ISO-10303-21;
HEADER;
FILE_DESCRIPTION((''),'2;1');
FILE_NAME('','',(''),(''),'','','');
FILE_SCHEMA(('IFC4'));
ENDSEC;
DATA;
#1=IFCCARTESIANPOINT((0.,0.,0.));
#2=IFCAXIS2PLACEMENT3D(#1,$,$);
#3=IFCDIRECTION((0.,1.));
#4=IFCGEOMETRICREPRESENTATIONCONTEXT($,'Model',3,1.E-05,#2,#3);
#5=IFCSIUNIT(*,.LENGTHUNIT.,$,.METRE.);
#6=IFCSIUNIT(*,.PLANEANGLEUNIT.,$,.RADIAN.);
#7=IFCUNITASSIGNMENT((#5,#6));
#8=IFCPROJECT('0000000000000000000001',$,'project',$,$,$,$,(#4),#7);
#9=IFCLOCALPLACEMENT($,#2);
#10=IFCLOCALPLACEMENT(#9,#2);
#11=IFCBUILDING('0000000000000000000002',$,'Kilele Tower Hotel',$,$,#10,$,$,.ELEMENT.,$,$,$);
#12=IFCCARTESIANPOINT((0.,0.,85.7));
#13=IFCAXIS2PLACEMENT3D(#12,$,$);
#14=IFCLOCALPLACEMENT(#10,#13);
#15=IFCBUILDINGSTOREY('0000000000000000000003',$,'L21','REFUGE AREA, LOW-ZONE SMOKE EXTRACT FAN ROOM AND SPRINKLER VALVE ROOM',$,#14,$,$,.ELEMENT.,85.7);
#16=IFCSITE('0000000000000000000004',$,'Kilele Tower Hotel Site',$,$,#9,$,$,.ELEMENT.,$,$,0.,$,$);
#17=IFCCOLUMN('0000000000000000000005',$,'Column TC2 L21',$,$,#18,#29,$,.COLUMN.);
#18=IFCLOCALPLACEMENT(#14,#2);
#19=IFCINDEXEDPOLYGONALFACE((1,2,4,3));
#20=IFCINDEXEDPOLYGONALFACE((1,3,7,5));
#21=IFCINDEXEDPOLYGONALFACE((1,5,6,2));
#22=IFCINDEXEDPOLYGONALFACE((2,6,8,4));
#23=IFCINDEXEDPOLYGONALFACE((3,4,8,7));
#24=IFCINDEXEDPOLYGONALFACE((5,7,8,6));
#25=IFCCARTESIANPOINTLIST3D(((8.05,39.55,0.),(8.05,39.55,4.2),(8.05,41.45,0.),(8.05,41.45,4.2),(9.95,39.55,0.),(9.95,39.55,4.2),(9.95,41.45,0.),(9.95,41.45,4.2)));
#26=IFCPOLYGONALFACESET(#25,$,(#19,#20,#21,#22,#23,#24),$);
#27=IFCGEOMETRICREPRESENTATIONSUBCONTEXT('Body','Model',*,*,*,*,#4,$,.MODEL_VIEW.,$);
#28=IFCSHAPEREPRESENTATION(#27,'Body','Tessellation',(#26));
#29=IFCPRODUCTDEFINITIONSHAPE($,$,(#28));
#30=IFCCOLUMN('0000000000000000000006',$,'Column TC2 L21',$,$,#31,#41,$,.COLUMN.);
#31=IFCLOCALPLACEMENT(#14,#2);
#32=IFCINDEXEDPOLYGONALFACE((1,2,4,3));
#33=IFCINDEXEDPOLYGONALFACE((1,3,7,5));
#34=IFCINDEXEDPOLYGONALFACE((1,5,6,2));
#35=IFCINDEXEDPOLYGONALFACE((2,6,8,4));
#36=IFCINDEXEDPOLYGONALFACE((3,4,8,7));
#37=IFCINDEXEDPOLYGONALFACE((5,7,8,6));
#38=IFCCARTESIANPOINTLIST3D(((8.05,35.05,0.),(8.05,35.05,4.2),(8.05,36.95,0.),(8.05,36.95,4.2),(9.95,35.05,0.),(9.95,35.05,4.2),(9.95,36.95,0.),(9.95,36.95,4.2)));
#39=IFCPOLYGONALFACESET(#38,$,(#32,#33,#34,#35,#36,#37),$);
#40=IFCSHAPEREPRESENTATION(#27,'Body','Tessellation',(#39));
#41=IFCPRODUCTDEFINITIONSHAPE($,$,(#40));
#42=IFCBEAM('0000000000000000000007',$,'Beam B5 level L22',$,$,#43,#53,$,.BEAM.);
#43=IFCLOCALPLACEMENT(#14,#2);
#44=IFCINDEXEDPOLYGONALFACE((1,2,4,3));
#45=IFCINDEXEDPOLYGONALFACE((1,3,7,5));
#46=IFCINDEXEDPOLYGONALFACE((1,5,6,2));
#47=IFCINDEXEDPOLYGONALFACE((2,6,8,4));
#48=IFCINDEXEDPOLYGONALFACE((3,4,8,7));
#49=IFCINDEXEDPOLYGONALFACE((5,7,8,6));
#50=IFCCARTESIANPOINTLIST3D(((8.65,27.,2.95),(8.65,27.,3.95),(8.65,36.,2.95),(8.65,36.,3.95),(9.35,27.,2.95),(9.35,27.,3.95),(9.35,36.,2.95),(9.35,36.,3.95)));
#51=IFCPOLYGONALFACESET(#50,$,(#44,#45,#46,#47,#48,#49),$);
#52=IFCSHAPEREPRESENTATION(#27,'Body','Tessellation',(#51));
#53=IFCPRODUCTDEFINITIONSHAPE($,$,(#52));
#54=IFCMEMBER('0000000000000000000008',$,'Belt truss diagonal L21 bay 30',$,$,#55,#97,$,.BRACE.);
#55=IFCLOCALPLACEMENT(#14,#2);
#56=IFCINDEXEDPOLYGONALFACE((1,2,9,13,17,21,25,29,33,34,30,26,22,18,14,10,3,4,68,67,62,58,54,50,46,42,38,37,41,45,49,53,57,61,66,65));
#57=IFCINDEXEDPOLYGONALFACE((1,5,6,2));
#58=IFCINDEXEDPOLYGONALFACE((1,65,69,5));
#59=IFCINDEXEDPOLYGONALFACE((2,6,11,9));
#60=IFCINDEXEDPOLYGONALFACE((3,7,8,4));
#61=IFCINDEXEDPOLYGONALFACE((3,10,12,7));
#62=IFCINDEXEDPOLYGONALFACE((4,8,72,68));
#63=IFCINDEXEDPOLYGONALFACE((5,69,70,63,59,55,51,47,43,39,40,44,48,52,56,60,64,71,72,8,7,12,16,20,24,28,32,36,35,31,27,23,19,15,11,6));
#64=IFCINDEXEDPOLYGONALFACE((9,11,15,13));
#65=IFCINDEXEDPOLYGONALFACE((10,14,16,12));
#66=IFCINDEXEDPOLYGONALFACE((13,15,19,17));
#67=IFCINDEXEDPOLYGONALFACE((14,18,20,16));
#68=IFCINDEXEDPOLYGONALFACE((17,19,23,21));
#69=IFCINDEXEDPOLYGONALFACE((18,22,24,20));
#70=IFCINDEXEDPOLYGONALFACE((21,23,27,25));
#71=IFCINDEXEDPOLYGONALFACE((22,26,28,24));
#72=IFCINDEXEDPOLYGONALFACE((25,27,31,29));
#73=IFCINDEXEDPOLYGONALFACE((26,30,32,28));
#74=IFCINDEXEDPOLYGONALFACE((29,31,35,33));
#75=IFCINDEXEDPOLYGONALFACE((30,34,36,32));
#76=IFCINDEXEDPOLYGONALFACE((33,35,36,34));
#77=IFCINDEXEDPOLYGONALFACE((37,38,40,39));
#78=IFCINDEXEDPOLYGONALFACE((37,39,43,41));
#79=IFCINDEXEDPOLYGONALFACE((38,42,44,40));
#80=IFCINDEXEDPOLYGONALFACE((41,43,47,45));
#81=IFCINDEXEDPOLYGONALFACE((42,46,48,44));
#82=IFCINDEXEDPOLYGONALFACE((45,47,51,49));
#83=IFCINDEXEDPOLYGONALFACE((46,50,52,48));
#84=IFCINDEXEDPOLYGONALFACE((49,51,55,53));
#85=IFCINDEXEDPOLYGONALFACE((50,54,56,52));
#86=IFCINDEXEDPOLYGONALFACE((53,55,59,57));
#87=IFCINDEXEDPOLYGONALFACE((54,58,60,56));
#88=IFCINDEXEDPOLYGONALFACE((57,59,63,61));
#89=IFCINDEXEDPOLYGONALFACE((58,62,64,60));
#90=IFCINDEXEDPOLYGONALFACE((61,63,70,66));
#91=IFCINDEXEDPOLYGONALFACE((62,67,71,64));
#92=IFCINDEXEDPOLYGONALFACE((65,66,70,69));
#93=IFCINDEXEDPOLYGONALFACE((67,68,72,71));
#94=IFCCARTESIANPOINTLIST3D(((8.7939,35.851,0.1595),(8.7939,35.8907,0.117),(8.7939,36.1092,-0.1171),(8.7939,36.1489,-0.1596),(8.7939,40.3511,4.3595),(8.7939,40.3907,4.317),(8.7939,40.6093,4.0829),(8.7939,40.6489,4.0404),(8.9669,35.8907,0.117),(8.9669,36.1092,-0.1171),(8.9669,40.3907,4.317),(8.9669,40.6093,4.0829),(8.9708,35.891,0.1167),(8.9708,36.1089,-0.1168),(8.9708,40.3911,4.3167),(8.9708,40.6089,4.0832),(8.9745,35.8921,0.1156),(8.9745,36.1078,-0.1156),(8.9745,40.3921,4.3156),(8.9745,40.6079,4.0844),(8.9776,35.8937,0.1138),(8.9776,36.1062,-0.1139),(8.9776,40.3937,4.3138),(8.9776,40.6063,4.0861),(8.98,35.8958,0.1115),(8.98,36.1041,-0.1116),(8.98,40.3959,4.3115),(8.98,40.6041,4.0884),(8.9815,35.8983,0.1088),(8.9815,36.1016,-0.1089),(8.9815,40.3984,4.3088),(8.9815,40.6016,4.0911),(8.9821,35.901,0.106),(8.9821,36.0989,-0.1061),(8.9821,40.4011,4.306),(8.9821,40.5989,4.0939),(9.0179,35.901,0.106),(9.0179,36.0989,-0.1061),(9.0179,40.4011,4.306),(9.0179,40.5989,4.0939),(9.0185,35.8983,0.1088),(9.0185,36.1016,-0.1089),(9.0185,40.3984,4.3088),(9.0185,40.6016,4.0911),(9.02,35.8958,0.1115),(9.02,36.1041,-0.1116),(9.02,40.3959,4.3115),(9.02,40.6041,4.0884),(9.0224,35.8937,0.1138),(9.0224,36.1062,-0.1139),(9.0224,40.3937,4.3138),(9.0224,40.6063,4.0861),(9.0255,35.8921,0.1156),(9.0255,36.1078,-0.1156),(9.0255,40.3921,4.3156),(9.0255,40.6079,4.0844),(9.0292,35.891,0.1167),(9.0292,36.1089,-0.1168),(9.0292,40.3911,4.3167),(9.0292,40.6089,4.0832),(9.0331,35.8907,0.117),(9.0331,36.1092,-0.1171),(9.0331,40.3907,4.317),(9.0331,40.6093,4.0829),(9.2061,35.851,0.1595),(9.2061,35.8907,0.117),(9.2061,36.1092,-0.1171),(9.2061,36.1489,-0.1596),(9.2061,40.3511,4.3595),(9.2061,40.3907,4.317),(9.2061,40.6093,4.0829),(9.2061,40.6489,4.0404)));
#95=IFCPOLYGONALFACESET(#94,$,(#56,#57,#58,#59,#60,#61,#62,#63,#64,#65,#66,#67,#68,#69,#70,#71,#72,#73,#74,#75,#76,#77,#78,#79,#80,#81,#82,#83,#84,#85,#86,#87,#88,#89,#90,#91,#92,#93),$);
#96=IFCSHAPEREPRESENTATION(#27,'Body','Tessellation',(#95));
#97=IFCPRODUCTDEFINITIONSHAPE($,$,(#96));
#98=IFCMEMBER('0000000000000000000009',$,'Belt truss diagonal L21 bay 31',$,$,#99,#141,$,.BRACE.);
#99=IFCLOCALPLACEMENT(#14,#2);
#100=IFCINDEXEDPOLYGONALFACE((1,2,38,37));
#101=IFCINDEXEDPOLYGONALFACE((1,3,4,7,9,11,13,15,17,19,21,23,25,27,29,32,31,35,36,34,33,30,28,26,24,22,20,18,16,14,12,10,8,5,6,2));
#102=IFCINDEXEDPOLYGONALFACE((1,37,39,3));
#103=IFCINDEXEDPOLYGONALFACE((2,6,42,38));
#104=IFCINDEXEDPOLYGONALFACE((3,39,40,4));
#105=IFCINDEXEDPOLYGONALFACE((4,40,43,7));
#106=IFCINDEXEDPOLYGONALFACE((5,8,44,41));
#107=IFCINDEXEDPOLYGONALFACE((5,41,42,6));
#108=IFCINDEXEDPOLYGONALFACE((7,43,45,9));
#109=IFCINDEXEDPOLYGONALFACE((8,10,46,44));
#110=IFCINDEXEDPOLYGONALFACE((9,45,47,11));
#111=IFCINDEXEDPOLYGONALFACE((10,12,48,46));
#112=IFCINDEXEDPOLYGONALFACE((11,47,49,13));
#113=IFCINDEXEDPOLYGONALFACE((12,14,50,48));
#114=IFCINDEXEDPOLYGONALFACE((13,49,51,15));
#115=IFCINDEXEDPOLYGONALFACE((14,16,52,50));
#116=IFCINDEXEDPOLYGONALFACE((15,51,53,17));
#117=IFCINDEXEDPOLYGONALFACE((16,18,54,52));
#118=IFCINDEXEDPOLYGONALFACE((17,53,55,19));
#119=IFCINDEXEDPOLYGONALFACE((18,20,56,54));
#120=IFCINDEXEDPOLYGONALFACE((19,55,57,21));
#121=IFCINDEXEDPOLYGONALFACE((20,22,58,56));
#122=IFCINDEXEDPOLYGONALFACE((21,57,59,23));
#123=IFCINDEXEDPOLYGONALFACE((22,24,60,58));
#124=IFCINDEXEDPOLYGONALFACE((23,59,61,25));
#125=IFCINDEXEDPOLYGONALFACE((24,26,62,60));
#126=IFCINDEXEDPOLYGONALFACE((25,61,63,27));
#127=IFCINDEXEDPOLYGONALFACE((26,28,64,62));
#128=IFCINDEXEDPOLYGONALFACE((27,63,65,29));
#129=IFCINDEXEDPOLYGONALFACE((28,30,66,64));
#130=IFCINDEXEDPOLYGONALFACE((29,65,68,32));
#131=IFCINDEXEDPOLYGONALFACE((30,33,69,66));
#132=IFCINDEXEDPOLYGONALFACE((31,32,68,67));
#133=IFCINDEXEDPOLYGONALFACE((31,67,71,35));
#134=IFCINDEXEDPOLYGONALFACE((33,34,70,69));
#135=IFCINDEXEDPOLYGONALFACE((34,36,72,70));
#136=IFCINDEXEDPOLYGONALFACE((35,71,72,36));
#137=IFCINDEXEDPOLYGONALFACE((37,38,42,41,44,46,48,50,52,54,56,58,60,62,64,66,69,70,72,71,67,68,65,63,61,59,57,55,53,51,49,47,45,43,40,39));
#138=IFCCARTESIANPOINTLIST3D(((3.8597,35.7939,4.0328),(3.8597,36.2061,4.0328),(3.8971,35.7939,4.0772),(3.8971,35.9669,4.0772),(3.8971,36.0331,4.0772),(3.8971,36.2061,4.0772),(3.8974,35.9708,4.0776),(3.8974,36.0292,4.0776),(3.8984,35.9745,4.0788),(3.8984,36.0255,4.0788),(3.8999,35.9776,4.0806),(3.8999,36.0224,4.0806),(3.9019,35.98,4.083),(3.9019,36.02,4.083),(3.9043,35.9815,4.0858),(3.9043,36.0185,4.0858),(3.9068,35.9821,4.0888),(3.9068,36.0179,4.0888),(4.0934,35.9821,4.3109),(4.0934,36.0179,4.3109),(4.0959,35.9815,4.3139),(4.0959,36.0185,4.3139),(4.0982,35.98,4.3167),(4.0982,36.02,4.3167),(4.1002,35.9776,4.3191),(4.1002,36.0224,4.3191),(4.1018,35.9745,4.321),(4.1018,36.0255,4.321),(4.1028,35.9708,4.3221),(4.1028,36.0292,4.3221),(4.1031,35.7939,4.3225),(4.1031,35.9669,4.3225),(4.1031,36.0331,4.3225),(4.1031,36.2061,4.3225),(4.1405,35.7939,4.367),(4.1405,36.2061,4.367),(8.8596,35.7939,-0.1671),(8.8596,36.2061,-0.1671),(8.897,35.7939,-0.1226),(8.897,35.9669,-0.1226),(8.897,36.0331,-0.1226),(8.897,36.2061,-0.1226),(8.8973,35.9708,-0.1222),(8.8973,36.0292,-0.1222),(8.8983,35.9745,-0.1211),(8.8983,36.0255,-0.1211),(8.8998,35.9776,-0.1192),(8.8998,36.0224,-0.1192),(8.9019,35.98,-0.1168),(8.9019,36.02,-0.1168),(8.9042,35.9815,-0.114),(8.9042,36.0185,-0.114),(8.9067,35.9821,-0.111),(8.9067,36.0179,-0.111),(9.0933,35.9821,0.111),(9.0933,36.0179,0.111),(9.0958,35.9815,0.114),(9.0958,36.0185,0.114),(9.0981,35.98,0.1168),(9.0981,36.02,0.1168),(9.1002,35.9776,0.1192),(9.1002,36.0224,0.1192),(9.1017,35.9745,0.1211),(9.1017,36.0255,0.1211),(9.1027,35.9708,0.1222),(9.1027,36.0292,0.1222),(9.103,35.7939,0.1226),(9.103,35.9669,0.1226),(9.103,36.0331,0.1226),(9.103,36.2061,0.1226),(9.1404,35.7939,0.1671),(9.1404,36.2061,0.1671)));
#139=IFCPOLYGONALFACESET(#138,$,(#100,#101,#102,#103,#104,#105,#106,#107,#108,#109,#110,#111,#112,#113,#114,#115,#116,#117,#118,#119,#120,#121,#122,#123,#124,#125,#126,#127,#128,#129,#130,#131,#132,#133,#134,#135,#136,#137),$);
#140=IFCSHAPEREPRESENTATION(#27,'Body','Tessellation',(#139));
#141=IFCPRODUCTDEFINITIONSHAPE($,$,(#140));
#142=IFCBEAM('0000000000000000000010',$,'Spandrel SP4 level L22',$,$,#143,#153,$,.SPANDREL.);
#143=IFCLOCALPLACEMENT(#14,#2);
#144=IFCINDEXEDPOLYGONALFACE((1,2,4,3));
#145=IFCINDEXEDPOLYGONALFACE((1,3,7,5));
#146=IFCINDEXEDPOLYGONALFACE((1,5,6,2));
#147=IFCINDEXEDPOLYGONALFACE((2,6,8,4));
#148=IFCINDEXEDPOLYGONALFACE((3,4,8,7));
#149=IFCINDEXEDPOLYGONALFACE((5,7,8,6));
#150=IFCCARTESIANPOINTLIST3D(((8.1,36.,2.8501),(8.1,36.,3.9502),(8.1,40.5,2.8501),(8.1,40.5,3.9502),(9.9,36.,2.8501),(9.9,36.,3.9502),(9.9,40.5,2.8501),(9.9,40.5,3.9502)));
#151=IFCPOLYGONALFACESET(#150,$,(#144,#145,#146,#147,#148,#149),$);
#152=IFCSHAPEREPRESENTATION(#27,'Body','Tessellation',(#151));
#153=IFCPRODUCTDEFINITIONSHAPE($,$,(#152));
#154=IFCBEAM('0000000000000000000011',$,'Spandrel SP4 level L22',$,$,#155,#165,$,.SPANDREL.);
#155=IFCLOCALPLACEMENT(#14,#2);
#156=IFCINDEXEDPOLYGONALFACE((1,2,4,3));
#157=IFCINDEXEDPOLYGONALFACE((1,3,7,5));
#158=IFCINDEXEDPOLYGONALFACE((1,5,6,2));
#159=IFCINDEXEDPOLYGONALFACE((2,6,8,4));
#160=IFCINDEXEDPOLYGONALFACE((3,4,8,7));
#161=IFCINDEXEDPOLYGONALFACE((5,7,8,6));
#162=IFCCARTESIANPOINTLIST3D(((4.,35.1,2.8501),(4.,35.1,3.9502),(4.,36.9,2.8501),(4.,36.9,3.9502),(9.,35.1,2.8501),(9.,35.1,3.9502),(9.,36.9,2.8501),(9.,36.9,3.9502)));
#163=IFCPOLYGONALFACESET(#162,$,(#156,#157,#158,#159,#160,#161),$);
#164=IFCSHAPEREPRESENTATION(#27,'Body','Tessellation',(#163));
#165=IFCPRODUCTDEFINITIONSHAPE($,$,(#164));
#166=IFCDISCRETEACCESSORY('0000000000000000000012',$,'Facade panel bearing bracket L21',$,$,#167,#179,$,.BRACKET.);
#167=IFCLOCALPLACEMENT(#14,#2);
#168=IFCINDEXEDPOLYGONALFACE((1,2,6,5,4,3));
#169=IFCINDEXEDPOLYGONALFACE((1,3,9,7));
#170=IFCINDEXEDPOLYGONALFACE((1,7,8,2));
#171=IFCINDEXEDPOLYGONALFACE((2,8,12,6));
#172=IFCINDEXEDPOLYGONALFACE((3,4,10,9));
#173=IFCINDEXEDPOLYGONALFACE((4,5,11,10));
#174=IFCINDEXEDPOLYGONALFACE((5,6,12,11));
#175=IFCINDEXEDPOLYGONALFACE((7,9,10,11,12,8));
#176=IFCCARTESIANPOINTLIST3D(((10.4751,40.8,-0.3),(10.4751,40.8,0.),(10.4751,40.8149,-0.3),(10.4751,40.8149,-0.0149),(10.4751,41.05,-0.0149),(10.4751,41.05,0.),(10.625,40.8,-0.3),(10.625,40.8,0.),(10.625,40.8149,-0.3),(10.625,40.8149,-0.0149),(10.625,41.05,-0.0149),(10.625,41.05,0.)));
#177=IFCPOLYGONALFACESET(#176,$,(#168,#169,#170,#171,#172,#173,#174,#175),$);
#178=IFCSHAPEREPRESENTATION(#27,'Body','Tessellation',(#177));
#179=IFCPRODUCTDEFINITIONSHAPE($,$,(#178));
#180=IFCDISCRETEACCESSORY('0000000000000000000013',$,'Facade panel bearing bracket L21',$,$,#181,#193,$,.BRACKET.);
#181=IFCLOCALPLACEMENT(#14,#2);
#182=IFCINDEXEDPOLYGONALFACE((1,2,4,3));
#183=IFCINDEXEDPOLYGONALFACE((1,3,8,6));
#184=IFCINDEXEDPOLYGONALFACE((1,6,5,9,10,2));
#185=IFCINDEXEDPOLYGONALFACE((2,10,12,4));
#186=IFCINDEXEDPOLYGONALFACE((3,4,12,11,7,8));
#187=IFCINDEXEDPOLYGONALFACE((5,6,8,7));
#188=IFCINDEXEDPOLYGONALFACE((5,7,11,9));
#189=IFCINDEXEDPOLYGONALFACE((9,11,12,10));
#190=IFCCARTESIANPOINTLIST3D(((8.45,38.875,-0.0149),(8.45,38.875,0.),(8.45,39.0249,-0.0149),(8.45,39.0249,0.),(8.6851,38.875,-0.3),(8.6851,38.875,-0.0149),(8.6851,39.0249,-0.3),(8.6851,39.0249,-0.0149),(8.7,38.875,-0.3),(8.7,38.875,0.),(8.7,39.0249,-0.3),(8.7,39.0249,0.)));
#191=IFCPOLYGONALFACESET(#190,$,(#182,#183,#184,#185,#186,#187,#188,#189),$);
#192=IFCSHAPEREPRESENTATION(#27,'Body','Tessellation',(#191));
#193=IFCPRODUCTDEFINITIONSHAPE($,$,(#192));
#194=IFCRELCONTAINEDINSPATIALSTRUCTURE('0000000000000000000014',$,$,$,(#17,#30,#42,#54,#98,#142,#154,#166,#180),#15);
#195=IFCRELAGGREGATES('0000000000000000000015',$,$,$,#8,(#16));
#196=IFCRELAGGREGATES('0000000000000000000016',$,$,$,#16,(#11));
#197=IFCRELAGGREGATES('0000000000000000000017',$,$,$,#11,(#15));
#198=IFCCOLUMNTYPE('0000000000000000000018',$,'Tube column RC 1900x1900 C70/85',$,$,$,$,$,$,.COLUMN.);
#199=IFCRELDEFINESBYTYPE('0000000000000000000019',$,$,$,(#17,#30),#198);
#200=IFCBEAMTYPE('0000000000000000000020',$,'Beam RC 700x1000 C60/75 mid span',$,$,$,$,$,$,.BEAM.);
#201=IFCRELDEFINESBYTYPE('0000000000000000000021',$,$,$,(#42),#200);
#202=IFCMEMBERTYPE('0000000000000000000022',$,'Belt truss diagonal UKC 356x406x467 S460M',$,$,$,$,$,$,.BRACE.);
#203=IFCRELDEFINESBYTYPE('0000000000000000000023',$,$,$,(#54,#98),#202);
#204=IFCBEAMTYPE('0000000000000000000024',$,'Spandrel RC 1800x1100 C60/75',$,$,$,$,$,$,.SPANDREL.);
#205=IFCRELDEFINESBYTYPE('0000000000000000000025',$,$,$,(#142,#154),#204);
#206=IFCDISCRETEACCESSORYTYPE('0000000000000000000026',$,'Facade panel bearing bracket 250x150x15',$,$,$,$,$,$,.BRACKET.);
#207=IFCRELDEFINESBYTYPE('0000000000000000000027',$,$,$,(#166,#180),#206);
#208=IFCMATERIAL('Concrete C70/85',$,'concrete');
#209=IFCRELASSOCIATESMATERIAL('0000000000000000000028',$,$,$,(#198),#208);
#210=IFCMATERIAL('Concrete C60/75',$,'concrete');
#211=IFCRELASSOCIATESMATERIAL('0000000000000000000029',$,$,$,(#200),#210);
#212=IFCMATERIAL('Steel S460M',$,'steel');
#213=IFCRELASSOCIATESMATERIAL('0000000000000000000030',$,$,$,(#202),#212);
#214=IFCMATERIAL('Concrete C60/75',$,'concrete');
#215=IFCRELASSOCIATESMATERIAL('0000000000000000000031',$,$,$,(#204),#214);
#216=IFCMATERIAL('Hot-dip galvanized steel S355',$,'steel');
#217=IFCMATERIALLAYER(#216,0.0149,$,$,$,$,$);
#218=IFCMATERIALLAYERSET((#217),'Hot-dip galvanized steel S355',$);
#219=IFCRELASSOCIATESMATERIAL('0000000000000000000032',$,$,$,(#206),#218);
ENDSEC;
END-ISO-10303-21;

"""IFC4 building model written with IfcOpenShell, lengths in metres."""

from ifc_helpers import new_model, si_unit, direction, frame, origin, origin_2d, place, context, subcontext, project, spatial, polyline, rectangle, i_section, outline, extrude, source, transform, mapped, material, layer, layer_set, material_profile, profile_set, type_object, element, save


model = new_model("IFC4")

# Units and contexts
model_context = context("Model", 3, precision=1e-05, world=origin(), true_north=direction((0.0, 1.0)))
body_context = subcontext(model_context, "Body", "Model", "MODEL_VIEW")
ifc_project = project(units=[si_unit("LENGTHUNIT", "METRE"), si_unit("PLANEANGLEUNIT", "RADIAN")], contexts=[model_context])

# Site, building, storey
site_placement = place(None, origin())
site = spatial("IfcSite", under=ifc_project, at=site_placement, Name="Kilele Tower Hotel Site", CompositionType="ELEMENT", RefElevation=0.0)
building_placement = place(site_placement, origin())
building = spatial("IfcBuilding", under=site, at=building_placement, Name="Kilele Tower Hotel", CompositionType="ELEMENT")
storey_placement = place(building_placement, frame((0.0, 0.0, 85.7)))
storey = spatial("IfcBuildingStorey", under=building, at=storey_placement, Name="L21", Description="REFUGE AREA, LOW-ZONE SMOKE EXTRACT FAN ROOM AND SPRINKLER VALVE ROOM", CompositionType="ELEMENT", Elevation=85.7)

# Columns
ifc_material_1 = material(Name="Concrete C70/85", Category="concrete")
ifc_material_profile_1 = material_profile(ifc_material_1, rectangle(XDim=1.8999, YDim=1.8999, at=origin_2d()))
ifc_profile_set_1 = profile_set([ifc_material_profile_1], Name="Concrete C70/85")
column_type = type_object("IfcColumnType", Name="Tube column RC 1900x1900 C70/85", PredefinedType="COLUMN", material=ifc_profile_set_1)
for number, where, z_axis, x_axis, name in (
    (1, (9.0, 40.5, 0.0), (0.0, 0.0, 1.0), (1.0, 0.0, 0.0), "Column TC2 L21"),
    (2, (9.0, 36.0, 0.0), (0.0, 0.0, 1.0), (1.0, 0.0, 0.0), "Column TC2 L21"),
):
    element("IfcColumn", number, at=place(storey_placement, frame(where, z_axis=z_axis, x_axis=x_axis)), inside=storey, type_object=column_type, Name=name, PredefinedType="COLUMN", context=body_context, shape_type="SweptSolid", body=[
        extrude(rectangle(XDim=1.8999, YDim=1.8999, at=origin_2d()), origin(), (0.0, 0.0, 1.0), 4.2),
    ])

# Beam
ifc_material_2 = material(Name="Concrete C60/75", Category="concrete")
ifc_material_profile_2 = material_profile(ifc_material_2, rectangle(XDim=0.7, YDim=1.0, at=origin_2d()))
ifc_profile_set_2 = profile_set([ifc_material_profile_2], Name="Concrete C60/75")
beam_type_1 = type_object("IfcBeamType", Name="Beam RC 700x1000 C60/75 mid span", PredefinedType="BEAM", material=ifc_profile_set_2)
beam_1_placement = place(storey_placement, frame((9.0, 36.0, 3.45), z_axis=(0.0, -1.0, 0.0), x_axis=(1.0, 0.0, 0.0)))
element("IfcBeam", 3, at=beam_1_placement, inside=storey, type_object=beam_type_1, Name="Beam B5 level L22", PredefinedType="BEAM", context=body_context, shape_type="SweptSolid", body=[
    extrude(rectangle(XDim=0.7, YDim=1.0, at=origin_2d()), origin(), (0.0, 0.0, 1.0), 9.0),
])

# Members
ifc_material_3 = material(Name="Steel S460M", Category="steel")
ifc_material_profile_3 = material_profile(ifc_material_3, i_section(OverallWidth=0.4121, OverallDepth=0.4365, WebThickness=0.0359, FlangeThickness=0.0581, FilletRadius=0.0151, at=origin_2d()))
ifc_profile_set_3 = profile_set([ifc_material_profile_3], Name="Steel S460M")
member_type = type_object("IfcMemberType", Name="Belt truss diagonal UKC 356x406x467 S460M", PredefinedType="BRACE", material=ifc_profile_set_3)
member_1_placement = place(storey_placement, frame((9.0, 40.5, 4.2), z_axis=(0.0, -0.731059, -0.682314), x_axis=(1.0, 0.0, 0.0)))
element("IfcMember", 4, at=member_1_placement, inside=storey, type_object=member_type, Name="Belt truss diagonal L21 bay 30", PredefinedType="BRACE", context=body_context, shape_type="SweptSolid", body=[
    extrude(i_section(OverallWidth=0.4121, OverallDepth=0.4365, WebThickness=0.0359, FlangeThickness=0.0581, FilletRadius=0.0151, at=origin_2d()), origin(), (0.0, 0.0, 1.0), 6.1555),
])
member_2_placement = place(storey_placement, frame((9.0, 36.0, 0.0), z_axis=(-0.765709, 0.0, 0.643188), x_axis=(0.0, -1.0, 0.0)))
element("IfcMember", 5, at=member_2_placement, inside=storey, type_object=member_type, Name="Belt truss diagonal L21 bay 31", PredefinedType="BRACE", context=body_context, shape_type="SweptSolid", body=[
    extrude(i_section(OverallWidth=0.4121, OverallDepth=0.4365, WebThickness=0.0359, FlangeThickness=0.0581, FilletRadius=0.0151, at=origin_2d()), origin(), (0.0, 0.0, 1.0), 6.5298),
])

# Beams
ifc_material_4 = material(Name="Concrete C60/75", Category="concrete")
ifc_material_profile_4 = material_profile(ifc_material_4, rectangle(XDim=1.8, YDim=1.1001, at=origin_2d()))
ifc_profile_set_4 = profile_set([ifc_material_profile_4], Name="Concrete C60/75")
beam_type_2 = type_object("IfcBeamType", Name="Spandrel RC 1800x1100 C60/75", PredefinedType="SPANDREL", material=ifc_profile_set_4)
beam_2_placement = place(storey_placement, frame((9.0, 40.5, 3.4001), z_axis=(0.0, -1.0, 0.0), x_axis=(1.0, 0.0, 0.0)))
element("IfcBeam", 6, at=beam_2_placement, inside=storey, type_object=beam_type_2, Name="Spandrel SP4 level L22", PredefinedType="SPANDREL", context=body_context, shape_type="SweptSolid", body=[
    extrude(rectangle(XDim=1.8, YDim=1.1001, at=origin_2d()), origin(), (0.0, 0.0, 1.0), 4.5),
])
beam_3_placement = place(storey_placement, frame((9.0, 36.0, 3.4001), z_axis=(-1.0, 0.0, 0.0), x_axis=(0.0, -1.0, 0.0)))
element("IfcBeam", 7, at=beam_3_placement, inside=storey, type_object=beam_type_2, Name="Spandrel SP4 level L22", PredefinedType="SPANDREL", context=body_context, shape_type="SweptSolid", body=[
    extrude(rectangle(XDim=1.8, YDim=1.1001, at=origin_2d()), origin(), (0.0, 0.0, 1.0), 5.0),
])

# Discrete accessories
ifc_material_5 = material(Name="Hot-dip galvanized steel S355", Category="steel")
ifc_layer_1 = layer(ifc_material_5, 0.0149)
ifc_layer_set_1 = layer_set([ifc_layer_1], Name="Hot-dip galvanized steel S355")
discrete_accessory_type_1 = type_object("IfcDiscreteAccessoryType", Name="Facade panel bearing bracket 250x150x15", PredefinedType="BRACKET", material=ifc_layer_set_1)
shared_shape_1 = source(origin(), body_context, "Body", "SweptSolid", [
    extrude(outline(polyline([(0.0, 0.0), (0.25, 0.0), (0.25, -0.0149), (0.0149, -0.0149), (0.0149, -0.3), (0.0, -0.3), (0.0, 0.0)])), origin(), (0.0, 0.0, 1.0), 0.1499),
])
for number, where, z_axis, x_axis, name in (
    (8, (10.4751, 40.8, 0.0), (1.0, 0.0, 0.0), (0.0, 1.0, 0.0), "Facade panel bearing bracket L21"),
    (9, (8.7, 38.875, 0.0), (0.0, 1.0, 0.0), (-1.0, 0.0, 0.0), "Facade panel bearing bracket L21"),
):
    element("IfcDiscreteAccessory", number, at=place(storey_placement, frame(where, z_axis=z_axis, x_axis=x_axis)), inside=storey, type_object=discrete_accessory_type_1, Name=name, PredefinedType="BRACKET", context=body_context, shape_type="MappedRepresentation", body=[
        mapped(shared_shape_1, transform((0.0, 0.0, 0.0))),
    ])

save(model, "model.ifc")
